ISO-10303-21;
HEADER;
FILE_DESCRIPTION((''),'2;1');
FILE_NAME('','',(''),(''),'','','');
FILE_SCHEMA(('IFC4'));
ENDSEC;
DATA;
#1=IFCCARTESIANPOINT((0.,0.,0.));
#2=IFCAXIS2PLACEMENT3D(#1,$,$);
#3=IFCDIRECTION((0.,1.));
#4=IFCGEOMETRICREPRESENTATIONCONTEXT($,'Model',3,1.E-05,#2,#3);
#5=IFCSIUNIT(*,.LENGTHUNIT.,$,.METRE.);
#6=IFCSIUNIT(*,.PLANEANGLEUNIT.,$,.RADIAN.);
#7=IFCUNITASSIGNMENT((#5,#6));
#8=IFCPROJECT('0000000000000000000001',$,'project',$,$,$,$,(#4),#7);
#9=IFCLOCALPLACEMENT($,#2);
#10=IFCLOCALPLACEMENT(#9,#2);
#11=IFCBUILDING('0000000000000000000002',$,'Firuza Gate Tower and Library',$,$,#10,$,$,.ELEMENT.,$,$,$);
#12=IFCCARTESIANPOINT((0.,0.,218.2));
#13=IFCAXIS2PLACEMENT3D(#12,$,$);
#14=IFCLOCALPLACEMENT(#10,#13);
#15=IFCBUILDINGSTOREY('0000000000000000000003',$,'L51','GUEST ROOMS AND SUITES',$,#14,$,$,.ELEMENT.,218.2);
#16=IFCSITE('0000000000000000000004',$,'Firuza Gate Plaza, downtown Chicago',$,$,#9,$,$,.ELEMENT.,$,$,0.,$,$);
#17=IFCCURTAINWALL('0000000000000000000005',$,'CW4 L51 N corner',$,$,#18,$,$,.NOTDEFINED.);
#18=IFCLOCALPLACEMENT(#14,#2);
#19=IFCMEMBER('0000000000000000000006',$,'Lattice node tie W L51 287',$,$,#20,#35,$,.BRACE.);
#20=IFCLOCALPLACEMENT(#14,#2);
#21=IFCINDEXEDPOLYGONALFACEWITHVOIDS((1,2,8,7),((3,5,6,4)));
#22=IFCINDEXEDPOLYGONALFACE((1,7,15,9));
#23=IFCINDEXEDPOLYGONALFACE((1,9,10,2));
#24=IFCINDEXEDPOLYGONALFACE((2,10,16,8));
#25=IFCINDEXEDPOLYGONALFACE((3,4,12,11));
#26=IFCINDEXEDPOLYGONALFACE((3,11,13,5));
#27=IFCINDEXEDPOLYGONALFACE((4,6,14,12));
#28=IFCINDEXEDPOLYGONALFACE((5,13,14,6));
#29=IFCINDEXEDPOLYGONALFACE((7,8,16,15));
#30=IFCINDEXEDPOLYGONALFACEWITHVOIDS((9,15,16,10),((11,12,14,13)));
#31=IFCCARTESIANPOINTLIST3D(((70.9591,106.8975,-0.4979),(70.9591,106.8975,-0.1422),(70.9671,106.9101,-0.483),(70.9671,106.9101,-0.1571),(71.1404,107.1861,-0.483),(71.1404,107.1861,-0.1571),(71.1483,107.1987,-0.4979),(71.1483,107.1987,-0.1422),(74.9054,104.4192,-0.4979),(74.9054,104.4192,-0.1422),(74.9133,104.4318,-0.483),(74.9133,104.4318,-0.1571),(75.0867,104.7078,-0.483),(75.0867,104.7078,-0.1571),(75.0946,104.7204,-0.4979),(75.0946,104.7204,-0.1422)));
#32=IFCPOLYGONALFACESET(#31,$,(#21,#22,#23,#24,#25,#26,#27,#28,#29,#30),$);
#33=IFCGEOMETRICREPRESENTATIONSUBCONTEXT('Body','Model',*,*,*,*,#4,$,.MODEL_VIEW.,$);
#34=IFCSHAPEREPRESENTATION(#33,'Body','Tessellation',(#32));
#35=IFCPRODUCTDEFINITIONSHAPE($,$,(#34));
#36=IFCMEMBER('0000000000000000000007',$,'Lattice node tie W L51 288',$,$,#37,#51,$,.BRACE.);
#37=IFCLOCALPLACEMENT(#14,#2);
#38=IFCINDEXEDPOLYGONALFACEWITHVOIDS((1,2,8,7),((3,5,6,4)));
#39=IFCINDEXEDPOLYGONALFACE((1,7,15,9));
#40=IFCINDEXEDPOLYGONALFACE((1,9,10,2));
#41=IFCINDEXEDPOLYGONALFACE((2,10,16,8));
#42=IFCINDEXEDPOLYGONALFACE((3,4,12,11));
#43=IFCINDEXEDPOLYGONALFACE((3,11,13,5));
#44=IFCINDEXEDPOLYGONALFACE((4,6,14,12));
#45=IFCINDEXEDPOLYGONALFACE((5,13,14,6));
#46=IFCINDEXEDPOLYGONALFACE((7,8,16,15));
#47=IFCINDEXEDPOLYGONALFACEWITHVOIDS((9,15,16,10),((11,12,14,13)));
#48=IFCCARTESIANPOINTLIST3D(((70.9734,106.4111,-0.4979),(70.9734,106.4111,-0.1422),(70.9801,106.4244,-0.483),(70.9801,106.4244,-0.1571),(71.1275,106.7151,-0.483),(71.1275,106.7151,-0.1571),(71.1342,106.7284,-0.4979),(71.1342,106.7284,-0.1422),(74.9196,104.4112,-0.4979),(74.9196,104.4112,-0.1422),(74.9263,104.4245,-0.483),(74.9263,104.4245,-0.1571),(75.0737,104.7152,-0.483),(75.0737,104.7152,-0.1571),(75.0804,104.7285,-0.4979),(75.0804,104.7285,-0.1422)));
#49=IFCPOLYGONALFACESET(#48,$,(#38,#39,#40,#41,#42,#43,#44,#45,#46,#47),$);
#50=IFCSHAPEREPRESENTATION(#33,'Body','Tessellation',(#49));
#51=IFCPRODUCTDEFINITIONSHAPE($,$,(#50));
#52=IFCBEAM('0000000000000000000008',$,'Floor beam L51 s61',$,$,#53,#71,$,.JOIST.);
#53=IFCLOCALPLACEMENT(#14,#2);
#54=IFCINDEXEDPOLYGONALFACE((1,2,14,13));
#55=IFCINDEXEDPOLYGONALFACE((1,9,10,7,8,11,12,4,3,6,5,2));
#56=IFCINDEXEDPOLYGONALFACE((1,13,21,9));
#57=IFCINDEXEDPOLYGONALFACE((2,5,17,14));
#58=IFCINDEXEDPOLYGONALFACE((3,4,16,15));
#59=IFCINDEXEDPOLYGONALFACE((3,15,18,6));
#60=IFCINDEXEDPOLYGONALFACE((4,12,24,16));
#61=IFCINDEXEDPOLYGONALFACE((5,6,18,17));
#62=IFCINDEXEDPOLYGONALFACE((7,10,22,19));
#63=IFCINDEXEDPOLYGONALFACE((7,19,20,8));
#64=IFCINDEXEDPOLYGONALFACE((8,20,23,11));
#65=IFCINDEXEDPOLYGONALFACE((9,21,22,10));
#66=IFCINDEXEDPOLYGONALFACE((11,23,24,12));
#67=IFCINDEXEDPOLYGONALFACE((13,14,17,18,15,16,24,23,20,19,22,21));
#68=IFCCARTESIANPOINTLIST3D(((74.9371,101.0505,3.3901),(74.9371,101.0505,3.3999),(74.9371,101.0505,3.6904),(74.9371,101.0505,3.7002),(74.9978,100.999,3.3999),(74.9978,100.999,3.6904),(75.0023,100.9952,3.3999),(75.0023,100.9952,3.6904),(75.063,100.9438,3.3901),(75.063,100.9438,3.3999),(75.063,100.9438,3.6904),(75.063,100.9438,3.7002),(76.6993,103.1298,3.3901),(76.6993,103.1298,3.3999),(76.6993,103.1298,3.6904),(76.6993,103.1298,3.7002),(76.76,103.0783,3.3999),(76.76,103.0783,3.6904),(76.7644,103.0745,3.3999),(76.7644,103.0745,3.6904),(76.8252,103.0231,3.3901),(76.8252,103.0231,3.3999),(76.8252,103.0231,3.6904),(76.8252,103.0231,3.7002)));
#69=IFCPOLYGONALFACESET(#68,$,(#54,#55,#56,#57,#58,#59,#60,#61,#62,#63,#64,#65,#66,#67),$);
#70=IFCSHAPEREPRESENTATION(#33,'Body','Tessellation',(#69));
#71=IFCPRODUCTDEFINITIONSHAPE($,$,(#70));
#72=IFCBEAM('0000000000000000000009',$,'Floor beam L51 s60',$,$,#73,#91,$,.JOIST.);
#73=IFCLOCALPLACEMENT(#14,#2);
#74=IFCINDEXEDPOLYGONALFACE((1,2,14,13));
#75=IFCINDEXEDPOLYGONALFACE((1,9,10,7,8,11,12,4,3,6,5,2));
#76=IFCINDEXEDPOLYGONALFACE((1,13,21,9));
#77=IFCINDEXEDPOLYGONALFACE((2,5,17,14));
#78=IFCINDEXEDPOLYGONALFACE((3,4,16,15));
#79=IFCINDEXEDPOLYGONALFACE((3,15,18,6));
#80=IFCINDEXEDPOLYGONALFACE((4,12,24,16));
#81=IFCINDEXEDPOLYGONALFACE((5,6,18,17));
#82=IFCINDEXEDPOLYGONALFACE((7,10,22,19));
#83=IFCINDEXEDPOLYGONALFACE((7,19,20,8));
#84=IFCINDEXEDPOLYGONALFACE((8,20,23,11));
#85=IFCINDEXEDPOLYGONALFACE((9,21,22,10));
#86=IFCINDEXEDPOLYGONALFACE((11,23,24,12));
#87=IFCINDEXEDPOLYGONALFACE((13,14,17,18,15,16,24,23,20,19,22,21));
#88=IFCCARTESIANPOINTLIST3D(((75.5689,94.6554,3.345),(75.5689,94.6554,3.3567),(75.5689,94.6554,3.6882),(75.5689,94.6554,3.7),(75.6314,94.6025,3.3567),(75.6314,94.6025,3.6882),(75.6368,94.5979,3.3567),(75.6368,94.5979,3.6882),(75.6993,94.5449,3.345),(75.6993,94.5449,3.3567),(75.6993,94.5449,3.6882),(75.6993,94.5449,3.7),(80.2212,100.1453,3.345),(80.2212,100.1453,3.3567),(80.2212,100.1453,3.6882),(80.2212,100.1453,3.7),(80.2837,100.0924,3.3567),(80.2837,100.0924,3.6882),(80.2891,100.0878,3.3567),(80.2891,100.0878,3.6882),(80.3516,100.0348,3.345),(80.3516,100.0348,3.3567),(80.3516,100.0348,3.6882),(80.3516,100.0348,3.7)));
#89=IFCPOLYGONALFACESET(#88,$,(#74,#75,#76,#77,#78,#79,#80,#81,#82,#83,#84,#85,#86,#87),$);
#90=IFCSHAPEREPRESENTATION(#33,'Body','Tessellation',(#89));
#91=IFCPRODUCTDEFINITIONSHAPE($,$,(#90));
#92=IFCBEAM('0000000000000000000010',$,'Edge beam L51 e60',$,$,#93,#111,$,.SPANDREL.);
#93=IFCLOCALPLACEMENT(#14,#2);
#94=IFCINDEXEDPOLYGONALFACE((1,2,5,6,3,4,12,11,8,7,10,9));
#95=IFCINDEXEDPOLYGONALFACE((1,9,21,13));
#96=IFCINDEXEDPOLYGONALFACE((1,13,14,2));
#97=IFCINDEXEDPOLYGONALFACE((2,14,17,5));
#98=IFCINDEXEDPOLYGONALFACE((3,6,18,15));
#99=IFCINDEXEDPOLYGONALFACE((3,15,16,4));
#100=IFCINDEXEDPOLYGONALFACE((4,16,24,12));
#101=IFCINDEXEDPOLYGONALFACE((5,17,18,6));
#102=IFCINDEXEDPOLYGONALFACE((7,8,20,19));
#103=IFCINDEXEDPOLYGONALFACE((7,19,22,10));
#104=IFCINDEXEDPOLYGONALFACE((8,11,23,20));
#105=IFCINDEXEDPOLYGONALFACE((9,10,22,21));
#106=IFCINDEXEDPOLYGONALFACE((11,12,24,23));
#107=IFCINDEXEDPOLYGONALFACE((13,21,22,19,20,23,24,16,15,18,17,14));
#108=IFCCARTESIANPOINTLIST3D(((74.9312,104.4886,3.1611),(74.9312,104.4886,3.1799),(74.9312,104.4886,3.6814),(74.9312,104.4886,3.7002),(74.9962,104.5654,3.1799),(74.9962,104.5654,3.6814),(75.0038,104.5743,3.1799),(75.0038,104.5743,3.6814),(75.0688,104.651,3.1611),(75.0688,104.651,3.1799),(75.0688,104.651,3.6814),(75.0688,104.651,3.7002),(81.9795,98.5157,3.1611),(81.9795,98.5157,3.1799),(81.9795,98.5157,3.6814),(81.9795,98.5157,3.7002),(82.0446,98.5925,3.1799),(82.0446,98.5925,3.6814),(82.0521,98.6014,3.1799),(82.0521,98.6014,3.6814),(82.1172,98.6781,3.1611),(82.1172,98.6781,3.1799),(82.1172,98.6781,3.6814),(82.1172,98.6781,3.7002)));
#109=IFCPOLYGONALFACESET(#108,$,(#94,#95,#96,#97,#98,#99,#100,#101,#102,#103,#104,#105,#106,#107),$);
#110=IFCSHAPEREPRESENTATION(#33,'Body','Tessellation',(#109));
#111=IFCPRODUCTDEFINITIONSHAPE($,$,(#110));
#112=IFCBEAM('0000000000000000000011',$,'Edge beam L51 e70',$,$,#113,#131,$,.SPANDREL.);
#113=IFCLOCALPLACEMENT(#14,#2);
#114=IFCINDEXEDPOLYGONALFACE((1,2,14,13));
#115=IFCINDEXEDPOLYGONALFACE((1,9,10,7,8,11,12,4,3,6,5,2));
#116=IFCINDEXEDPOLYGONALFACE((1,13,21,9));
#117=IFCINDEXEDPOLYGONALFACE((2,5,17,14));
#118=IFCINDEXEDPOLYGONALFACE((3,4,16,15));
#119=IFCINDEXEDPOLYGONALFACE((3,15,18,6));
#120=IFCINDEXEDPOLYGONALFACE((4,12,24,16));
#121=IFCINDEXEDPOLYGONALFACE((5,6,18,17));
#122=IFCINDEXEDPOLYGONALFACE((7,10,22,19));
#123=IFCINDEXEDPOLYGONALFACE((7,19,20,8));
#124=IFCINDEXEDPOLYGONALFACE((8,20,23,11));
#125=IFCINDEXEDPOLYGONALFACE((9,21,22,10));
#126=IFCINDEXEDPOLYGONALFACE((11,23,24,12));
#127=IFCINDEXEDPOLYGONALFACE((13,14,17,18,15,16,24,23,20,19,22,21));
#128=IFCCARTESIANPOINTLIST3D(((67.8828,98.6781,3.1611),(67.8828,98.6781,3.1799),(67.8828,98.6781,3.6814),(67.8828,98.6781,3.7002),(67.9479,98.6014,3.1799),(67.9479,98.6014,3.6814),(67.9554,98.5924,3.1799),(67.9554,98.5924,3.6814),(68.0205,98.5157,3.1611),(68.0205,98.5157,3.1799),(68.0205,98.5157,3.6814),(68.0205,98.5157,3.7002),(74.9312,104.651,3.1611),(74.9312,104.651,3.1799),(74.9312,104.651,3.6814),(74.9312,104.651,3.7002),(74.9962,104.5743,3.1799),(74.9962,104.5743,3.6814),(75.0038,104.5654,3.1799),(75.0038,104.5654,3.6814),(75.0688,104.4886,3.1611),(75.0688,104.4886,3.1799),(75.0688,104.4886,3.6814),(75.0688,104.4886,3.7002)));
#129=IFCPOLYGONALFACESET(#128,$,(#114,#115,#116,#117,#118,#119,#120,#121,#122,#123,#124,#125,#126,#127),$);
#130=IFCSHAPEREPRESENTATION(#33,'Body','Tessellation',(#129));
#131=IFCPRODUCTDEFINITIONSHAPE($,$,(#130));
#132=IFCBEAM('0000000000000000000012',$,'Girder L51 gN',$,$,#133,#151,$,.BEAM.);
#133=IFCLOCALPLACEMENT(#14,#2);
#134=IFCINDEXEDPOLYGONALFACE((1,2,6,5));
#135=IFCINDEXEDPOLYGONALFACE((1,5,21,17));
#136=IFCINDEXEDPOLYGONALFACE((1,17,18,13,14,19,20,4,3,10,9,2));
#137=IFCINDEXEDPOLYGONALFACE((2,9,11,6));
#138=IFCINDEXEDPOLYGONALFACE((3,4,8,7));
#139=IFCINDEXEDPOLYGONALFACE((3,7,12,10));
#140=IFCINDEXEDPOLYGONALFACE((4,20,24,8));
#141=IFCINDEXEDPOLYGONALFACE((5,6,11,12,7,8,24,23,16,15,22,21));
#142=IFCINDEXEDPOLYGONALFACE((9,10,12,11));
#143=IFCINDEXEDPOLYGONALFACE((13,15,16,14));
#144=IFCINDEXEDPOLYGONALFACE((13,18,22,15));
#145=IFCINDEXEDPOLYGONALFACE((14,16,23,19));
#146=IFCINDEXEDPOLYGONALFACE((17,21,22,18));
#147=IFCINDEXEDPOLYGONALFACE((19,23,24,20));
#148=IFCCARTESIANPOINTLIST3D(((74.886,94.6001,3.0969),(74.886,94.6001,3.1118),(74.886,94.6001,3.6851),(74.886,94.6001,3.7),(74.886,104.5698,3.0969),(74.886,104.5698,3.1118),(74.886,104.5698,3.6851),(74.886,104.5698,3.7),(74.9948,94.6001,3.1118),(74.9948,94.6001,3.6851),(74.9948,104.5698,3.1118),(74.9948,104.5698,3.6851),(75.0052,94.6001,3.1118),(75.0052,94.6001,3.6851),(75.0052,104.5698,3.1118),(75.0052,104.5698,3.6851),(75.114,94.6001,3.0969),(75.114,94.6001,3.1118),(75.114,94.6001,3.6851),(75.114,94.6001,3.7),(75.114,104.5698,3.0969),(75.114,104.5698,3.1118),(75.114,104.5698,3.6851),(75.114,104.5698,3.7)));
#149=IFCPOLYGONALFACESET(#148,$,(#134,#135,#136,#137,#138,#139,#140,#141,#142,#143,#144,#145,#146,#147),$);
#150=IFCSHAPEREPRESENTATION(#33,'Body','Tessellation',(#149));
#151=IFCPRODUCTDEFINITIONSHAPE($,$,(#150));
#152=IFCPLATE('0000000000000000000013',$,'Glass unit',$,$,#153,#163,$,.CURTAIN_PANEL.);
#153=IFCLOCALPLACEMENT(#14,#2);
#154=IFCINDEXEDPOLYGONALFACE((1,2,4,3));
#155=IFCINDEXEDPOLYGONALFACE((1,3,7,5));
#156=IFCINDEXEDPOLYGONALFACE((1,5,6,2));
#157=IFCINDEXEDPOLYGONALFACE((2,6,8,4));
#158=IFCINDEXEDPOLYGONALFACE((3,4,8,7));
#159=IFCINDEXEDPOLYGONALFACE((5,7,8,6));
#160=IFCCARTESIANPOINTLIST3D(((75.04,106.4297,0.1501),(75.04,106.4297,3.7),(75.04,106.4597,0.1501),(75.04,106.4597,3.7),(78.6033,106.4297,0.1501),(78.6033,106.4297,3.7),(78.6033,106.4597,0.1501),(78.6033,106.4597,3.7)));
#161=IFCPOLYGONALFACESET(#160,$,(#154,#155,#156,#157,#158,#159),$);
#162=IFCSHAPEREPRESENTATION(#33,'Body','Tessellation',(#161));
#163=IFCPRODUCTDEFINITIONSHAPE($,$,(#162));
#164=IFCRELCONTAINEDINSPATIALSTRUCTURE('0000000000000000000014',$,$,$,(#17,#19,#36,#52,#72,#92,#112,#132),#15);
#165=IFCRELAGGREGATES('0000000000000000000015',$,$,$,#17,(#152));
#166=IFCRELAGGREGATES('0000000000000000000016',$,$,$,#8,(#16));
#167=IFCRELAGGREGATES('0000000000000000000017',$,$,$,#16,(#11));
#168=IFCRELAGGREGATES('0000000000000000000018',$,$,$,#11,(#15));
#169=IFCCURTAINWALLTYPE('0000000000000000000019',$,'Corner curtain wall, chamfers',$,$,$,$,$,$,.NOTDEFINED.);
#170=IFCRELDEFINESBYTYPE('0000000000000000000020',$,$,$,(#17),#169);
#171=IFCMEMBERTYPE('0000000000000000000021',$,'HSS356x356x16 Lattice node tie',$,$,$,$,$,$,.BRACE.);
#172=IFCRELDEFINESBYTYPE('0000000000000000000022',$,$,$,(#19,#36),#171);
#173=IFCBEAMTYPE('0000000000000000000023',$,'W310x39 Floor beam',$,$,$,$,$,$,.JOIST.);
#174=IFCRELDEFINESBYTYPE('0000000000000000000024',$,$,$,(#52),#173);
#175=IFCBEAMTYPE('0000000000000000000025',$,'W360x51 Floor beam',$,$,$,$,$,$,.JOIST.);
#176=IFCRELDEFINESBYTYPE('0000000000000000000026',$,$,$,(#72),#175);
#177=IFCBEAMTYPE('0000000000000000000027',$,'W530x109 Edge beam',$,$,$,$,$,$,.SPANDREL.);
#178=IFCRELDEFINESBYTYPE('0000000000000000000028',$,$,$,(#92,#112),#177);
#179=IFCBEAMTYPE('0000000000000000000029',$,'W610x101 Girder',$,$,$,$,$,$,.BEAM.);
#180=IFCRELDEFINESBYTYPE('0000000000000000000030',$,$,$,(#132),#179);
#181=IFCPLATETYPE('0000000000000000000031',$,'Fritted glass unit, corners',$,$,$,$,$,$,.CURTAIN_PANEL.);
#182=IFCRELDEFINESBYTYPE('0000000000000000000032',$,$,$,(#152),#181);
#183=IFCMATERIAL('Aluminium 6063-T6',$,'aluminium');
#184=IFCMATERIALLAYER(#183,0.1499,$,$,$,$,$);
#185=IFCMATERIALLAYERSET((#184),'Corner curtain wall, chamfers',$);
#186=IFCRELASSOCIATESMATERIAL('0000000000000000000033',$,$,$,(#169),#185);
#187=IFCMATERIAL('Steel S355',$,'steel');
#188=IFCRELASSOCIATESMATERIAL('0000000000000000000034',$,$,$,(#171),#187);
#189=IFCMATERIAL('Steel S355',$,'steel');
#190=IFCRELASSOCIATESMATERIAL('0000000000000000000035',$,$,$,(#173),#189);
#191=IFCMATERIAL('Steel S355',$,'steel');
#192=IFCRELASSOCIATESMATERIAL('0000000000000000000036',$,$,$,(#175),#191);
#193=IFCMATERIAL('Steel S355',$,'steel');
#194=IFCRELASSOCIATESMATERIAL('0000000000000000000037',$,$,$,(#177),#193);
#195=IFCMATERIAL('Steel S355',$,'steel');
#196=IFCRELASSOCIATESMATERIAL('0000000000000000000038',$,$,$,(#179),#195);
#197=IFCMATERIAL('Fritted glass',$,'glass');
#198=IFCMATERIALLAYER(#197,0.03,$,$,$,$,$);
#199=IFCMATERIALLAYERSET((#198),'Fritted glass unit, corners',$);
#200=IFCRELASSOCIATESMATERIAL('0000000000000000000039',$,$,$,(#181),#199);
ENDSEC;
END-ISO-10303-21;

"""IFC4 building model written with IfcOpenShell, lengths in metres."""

from ifc_helpers import new_model, si_unit, direction, frame, origin, origin_2d, place, context, subcontext, project, spatial, polyline, hollow_rectangle, i_section, outline, extrude, material, layer, layer_set, material_profile, profile_set, type_object, element, aggregate, save


model = new_model("IFC4")

# Units and contexts
model_context = context("Model", 3, precision=1e-05, world=origin(), true_north=direction((0.0, 1.0)))
body_context = subcontext(model_context, "Body", "Model", "MODEL_VIEW")
ifc_project = project(units=[si_unit("LENGTHUNIT", "METRE"), si_unit("PLANEANGLEUNIT", "RADIAN")], contexts=[model_context])

# Site, building, storey
site_placement = place(None, origin())
site = spatial("IfcSite", under=ifc_project, at=site_placement, Name="Firuza Gate Plaza, downtown Chicago", CompositionType="ELEMENT", RefElevation=0.0)
building_placement = place(site_placement, origin())
building = spatial("IfcBuilding", under=site, at=building_placement, Name="Firuza Gate Tower and Library", CompositionType="ELEMENT")
storey_placement = place(building_placement, frame((0.0, 0.0, 218.2)))
storey = spatial("IfcBuildingStorey", under=building, at=storey_placement, Name="L51", Description="GUEST ROOMS AND SUITES", CompositionType="ELEMENT", Elevation=218.2)

# Curtain wall
ifc_material_1 = material(Name="Aluminium 6063-T6", Category="aluminium")
ifc_layer_1 = layer(ifc_material_1, 0.1499)
ifc_layer_set_1 = layer_set([ifc_layer_1], Name="Corner curtain wall, chamfers")
curtain_wall_type = type_object("IfcCurtainWallType", Name="Corner curtain wall, chamfers", PredefinedType="NOTDEFINED", material=ifc_layer_set_1)
curtain_wall_placement = place(storey_placement, origin())
curtain_wall = element("IfcCurtainWall", 1, at=curtain_wall_placement, inside=storey, type_object=curtain_wall_type, Name="CW4 L51 N corner", PredefinedType="NOTDEFINED")

# Members
ifc_material_2 = material(Name="Steel S355", Category="steel")
ifc_material_profile_1 = material_profile(ifc_material_2, hollow_rectangle(XDim=0.3557, YDim=0.3557, WallThickness=0.0149, at=origin_2d()))
ifc_profile_set_1 = profile_set([ifc_material_profile_1], Name="Steel S355")
member_type_1 = type_object("IfcMemberType", Name="HSS356x356x16 Lattice node tie", PredefinedType="BRACE", material=ifc_profile_set_1)
member_1_placement = place(storey_placement, frame((75.0, 104.5698, -0.3201), z_axis=(-0.846854, 0.531825, 0.0), x_axis=(-0.531825, -0.846854, 0.0)))
element("IfcMember", 2, at=member_1_placement, inside=storey, type_object=member_type_1, Name="Lattice node tie W L51 287", PredefinedType="BRACE", context=body_context, shape_type="SweptSolid", body=[
    extrude(hollow_rectangle(XDim=0.3557, YDim=0.3557, WallThickness=0.0149, at=origin_2d()), origin(), (0.0, 0.0, 1.0), 4.6599),
])
member_2_placement = place(storey_placement, frame((75.0, 104.5698, -0.3201), z_axis=(-0.891986, 0.452063, 0.0), x_axis=(-0.452063, -0.891986, 0.0)))
element("IfcMember", 3, at=member_2_placement, inside=storey, type_object=member_type_1, Name="Lattice node tie W L51 288", PredefinedType="BRACE", context=body_context, shape_type="SweptSolid", body=[
    extrude(hollow_rectangle(XDim=0.3557, YDim=0.3557, WallThickness=0.0149, at=origin_2d()), origin(), (0.0, 0.0, 1.0), 4.4241),
])

# Beams
ifc_material_3 = material(Name="Steel S355", Category="steel")
ifc_material_profile_2 = material_profile(ifc_material_3, i_section(OverallWidth=0.165, OverallDepth=0.3101, WebThickness=0.0059, FlangeThickness=0.0098, at=origin_2d()))
ifc_profile_set_2 = profile_set([ifc_material_profile_2], Name="Steel S355")
beam_type_1 = type_object("IfcBeamType", Name="W310x39 Floor beam", PredefinedType="JOIST", material=ifc_profile_set_2)
beam_1_placement = place(storey_placement, frame((76.7622, 103.0764, 3.5452), z_axis=(-0.646532, -0.762887, 0.0), x_axis=(0.762887, -0.646532, 0.0)))
element("IfcBeam", 4, at=beam_1_placement, inside=storey, type_object=beam_type_1, Name="Floor beam L51 s61", PredefinedType="JOIST", context=body_context, shape_type="SweptSolid", body=[
    extrude(i_section(OverallWidth=0.165, OverallDepth=0.3101, WebThickness=0.0059, FlangeThickness=0.0098, at=origin_2d()), origin(), (0.0, 0.0, 1.0), 2.7256),
])
ifc_material_4 = material(Name="Steel S355", Category="steel")
ifc_material_profile_3 = material_profile(ifc_material_4, i_section(OverallWidth=0.1709, OverallDepth=0.355, WebThickness=0.0071, FlangeThickness=0.0117, at=origin_2d()))
ifc_profile_set_3 = profile_set([ifc_material_profile_3], Name="Steel S355")
beam_type_2 = type_object("IfcBeamType", Name="W360x51 Floor beam", PredefinedType="JOIST", material=ifc_profile_set_3)
beam_2_placement = place(storey_placement, frame((80.2864, 100.0901, 3.5225), z_axis=(-0.646506, -0.762909, 0.0), x_axis=(0.762909, -0.646506, 0.0)))
element("IfcBeam", 5, at=beam_2_placement, inside=storey, type_object=beam_type_2, Name="Floor beam L51 s60", PredefinedType="JOIST", context=body_context, shape_type="SweptSolid", body=[
    extrude(i_section(OverallWidth=0.1709, OverallDepth=0.355, WebThickness=0.0071, FlangeThickness=0.0117, at=origin_2d()), origin(), (0.0, 0.0, 1.0), 7.196),
])
ifc_material_5 = material(Name="Steel S355", Category="steel")
ifc_material_profile_4 = material_profile(ifc_material_5, i_section(OverallWidth=0.2129, OverallDepth=0.5391, WebThickness=0.0117, FlangeThickness=0.0188, at=origin_2d()))
ifc_profile_set_4 = profile_set([ifc_material_profile_4], Name="Steel S355")
beam_type_3 = type_object("IfcBeamType", Name="W530x109 Edge beam", PredefinedType="SPANDREL", material=ifc_profile_set_4)
for number, where, z_axis, x_axis, name in (
    (6, (82.0483, 98.5969, 3.4307), (-0.76291, 0.646505, 0.0), (-0.646505, -0.76291, 0.0), "Edge beam L51 e60"),
    (7, (75.0, 104.5698, 3.4307), (-0.76291, -0.646505, 0.0), (0.646505, -0.76291, 0.0), "Edge beam L51 e70"),
):
    element("IfcBeam", number, at=place(storey_placement, frame(where, z_axis=z_axis, x_axis=x_axis)), inside=storey, type_object=beam_type_3, Name=name, PredefinedType="SPANDREL", context=body_context, shape_type="SweptSolid", body=[
        extrude(i_section(OverallWidth=0.2129, OverallDepth=0.5391, WebThickness=0.0117, FlangeThickness=0.0188, at=origin_2d()), origin(), (0.0, 0.0, 1.0), 9.2388),
    ])
ifc_material_6 = material(Name="Steel S355", Category="steel")
ifc_material_profile_5 = material_profile(ifc_material_6, i_section(OverallWidth=0.228, OverallDepth=0.603, WebThickness=0.0105, FlangeThickness=0.0149, at=origin_2d()))
ifc_profile_set_5 = profile_set([ifc_material_profile_5], Name="Steel S355")
beam_type_4 = type_object("IfcBeamType", Name="W610x101 Girder", PredefinedType="BEAM", material=ifc_profile_set_5)
beam_3_placement = place(storey_placement, frame((75.0, 104.5698, 3.3984), z_axis=(0.0, -1.0, 0.0), x_axis=(1.0, 0.0, 0.0)))
element("IfcBeam", 8, at=beam_3_placement, inside=storey, type_object=beam_type_4, Name="Girder L51 gN", PredefinedType="BEAM", context=body_context, shape_type="SweptSolid", body=[
    extrude(i_section(OverallWidth=0.228, OverallDepth=0.603, WebThickness=0.0105, FlangeThickness=0.0149, at=origin_2d()), origin(), (0.0, 0.0, 1.0), 9.9697),
])

# Plate
ifc_material_7 = material(Name="Fritted glass", Category="glass")
ifc_layer_2 = layer(ifc_material_7, 0.03)
ifc_layer_set_2 = layer_set([ifc_layer_2], Name="Fritted glass unit, corners")
plate_type = type_object("IfcPlateType", Name="Fritted glass unit, corners", PredefinedType="CURTAIN_PANEL", material=ifc_layer_set_2)
plate_placement = place(storey_placement, frame((78.6033, 106.4597, 0.1501), z_axis=(0.0, 1.0, 0.0), x_axis=(-1.0, 0.0, 0.0)))
plate = element("IfcPlate", 9, at=plate_placement, type_object=plate_type, Name="Glass unit", PredefinedType="CURTAIN_PANEL", context=body_context, shape_type="SweptSolid", body=[
    extrude(outline(polyline([(0.0, 0.0), (3.5632, 0.0), (3.5632, 3.5498), (0.0, 3.5498), (0.0, 0.0)])), origin(), (0.0, 0.0, -1.0), 0.03),
])
aggregate(curtain_wall, [plate])

save(model, "model.ifc")
